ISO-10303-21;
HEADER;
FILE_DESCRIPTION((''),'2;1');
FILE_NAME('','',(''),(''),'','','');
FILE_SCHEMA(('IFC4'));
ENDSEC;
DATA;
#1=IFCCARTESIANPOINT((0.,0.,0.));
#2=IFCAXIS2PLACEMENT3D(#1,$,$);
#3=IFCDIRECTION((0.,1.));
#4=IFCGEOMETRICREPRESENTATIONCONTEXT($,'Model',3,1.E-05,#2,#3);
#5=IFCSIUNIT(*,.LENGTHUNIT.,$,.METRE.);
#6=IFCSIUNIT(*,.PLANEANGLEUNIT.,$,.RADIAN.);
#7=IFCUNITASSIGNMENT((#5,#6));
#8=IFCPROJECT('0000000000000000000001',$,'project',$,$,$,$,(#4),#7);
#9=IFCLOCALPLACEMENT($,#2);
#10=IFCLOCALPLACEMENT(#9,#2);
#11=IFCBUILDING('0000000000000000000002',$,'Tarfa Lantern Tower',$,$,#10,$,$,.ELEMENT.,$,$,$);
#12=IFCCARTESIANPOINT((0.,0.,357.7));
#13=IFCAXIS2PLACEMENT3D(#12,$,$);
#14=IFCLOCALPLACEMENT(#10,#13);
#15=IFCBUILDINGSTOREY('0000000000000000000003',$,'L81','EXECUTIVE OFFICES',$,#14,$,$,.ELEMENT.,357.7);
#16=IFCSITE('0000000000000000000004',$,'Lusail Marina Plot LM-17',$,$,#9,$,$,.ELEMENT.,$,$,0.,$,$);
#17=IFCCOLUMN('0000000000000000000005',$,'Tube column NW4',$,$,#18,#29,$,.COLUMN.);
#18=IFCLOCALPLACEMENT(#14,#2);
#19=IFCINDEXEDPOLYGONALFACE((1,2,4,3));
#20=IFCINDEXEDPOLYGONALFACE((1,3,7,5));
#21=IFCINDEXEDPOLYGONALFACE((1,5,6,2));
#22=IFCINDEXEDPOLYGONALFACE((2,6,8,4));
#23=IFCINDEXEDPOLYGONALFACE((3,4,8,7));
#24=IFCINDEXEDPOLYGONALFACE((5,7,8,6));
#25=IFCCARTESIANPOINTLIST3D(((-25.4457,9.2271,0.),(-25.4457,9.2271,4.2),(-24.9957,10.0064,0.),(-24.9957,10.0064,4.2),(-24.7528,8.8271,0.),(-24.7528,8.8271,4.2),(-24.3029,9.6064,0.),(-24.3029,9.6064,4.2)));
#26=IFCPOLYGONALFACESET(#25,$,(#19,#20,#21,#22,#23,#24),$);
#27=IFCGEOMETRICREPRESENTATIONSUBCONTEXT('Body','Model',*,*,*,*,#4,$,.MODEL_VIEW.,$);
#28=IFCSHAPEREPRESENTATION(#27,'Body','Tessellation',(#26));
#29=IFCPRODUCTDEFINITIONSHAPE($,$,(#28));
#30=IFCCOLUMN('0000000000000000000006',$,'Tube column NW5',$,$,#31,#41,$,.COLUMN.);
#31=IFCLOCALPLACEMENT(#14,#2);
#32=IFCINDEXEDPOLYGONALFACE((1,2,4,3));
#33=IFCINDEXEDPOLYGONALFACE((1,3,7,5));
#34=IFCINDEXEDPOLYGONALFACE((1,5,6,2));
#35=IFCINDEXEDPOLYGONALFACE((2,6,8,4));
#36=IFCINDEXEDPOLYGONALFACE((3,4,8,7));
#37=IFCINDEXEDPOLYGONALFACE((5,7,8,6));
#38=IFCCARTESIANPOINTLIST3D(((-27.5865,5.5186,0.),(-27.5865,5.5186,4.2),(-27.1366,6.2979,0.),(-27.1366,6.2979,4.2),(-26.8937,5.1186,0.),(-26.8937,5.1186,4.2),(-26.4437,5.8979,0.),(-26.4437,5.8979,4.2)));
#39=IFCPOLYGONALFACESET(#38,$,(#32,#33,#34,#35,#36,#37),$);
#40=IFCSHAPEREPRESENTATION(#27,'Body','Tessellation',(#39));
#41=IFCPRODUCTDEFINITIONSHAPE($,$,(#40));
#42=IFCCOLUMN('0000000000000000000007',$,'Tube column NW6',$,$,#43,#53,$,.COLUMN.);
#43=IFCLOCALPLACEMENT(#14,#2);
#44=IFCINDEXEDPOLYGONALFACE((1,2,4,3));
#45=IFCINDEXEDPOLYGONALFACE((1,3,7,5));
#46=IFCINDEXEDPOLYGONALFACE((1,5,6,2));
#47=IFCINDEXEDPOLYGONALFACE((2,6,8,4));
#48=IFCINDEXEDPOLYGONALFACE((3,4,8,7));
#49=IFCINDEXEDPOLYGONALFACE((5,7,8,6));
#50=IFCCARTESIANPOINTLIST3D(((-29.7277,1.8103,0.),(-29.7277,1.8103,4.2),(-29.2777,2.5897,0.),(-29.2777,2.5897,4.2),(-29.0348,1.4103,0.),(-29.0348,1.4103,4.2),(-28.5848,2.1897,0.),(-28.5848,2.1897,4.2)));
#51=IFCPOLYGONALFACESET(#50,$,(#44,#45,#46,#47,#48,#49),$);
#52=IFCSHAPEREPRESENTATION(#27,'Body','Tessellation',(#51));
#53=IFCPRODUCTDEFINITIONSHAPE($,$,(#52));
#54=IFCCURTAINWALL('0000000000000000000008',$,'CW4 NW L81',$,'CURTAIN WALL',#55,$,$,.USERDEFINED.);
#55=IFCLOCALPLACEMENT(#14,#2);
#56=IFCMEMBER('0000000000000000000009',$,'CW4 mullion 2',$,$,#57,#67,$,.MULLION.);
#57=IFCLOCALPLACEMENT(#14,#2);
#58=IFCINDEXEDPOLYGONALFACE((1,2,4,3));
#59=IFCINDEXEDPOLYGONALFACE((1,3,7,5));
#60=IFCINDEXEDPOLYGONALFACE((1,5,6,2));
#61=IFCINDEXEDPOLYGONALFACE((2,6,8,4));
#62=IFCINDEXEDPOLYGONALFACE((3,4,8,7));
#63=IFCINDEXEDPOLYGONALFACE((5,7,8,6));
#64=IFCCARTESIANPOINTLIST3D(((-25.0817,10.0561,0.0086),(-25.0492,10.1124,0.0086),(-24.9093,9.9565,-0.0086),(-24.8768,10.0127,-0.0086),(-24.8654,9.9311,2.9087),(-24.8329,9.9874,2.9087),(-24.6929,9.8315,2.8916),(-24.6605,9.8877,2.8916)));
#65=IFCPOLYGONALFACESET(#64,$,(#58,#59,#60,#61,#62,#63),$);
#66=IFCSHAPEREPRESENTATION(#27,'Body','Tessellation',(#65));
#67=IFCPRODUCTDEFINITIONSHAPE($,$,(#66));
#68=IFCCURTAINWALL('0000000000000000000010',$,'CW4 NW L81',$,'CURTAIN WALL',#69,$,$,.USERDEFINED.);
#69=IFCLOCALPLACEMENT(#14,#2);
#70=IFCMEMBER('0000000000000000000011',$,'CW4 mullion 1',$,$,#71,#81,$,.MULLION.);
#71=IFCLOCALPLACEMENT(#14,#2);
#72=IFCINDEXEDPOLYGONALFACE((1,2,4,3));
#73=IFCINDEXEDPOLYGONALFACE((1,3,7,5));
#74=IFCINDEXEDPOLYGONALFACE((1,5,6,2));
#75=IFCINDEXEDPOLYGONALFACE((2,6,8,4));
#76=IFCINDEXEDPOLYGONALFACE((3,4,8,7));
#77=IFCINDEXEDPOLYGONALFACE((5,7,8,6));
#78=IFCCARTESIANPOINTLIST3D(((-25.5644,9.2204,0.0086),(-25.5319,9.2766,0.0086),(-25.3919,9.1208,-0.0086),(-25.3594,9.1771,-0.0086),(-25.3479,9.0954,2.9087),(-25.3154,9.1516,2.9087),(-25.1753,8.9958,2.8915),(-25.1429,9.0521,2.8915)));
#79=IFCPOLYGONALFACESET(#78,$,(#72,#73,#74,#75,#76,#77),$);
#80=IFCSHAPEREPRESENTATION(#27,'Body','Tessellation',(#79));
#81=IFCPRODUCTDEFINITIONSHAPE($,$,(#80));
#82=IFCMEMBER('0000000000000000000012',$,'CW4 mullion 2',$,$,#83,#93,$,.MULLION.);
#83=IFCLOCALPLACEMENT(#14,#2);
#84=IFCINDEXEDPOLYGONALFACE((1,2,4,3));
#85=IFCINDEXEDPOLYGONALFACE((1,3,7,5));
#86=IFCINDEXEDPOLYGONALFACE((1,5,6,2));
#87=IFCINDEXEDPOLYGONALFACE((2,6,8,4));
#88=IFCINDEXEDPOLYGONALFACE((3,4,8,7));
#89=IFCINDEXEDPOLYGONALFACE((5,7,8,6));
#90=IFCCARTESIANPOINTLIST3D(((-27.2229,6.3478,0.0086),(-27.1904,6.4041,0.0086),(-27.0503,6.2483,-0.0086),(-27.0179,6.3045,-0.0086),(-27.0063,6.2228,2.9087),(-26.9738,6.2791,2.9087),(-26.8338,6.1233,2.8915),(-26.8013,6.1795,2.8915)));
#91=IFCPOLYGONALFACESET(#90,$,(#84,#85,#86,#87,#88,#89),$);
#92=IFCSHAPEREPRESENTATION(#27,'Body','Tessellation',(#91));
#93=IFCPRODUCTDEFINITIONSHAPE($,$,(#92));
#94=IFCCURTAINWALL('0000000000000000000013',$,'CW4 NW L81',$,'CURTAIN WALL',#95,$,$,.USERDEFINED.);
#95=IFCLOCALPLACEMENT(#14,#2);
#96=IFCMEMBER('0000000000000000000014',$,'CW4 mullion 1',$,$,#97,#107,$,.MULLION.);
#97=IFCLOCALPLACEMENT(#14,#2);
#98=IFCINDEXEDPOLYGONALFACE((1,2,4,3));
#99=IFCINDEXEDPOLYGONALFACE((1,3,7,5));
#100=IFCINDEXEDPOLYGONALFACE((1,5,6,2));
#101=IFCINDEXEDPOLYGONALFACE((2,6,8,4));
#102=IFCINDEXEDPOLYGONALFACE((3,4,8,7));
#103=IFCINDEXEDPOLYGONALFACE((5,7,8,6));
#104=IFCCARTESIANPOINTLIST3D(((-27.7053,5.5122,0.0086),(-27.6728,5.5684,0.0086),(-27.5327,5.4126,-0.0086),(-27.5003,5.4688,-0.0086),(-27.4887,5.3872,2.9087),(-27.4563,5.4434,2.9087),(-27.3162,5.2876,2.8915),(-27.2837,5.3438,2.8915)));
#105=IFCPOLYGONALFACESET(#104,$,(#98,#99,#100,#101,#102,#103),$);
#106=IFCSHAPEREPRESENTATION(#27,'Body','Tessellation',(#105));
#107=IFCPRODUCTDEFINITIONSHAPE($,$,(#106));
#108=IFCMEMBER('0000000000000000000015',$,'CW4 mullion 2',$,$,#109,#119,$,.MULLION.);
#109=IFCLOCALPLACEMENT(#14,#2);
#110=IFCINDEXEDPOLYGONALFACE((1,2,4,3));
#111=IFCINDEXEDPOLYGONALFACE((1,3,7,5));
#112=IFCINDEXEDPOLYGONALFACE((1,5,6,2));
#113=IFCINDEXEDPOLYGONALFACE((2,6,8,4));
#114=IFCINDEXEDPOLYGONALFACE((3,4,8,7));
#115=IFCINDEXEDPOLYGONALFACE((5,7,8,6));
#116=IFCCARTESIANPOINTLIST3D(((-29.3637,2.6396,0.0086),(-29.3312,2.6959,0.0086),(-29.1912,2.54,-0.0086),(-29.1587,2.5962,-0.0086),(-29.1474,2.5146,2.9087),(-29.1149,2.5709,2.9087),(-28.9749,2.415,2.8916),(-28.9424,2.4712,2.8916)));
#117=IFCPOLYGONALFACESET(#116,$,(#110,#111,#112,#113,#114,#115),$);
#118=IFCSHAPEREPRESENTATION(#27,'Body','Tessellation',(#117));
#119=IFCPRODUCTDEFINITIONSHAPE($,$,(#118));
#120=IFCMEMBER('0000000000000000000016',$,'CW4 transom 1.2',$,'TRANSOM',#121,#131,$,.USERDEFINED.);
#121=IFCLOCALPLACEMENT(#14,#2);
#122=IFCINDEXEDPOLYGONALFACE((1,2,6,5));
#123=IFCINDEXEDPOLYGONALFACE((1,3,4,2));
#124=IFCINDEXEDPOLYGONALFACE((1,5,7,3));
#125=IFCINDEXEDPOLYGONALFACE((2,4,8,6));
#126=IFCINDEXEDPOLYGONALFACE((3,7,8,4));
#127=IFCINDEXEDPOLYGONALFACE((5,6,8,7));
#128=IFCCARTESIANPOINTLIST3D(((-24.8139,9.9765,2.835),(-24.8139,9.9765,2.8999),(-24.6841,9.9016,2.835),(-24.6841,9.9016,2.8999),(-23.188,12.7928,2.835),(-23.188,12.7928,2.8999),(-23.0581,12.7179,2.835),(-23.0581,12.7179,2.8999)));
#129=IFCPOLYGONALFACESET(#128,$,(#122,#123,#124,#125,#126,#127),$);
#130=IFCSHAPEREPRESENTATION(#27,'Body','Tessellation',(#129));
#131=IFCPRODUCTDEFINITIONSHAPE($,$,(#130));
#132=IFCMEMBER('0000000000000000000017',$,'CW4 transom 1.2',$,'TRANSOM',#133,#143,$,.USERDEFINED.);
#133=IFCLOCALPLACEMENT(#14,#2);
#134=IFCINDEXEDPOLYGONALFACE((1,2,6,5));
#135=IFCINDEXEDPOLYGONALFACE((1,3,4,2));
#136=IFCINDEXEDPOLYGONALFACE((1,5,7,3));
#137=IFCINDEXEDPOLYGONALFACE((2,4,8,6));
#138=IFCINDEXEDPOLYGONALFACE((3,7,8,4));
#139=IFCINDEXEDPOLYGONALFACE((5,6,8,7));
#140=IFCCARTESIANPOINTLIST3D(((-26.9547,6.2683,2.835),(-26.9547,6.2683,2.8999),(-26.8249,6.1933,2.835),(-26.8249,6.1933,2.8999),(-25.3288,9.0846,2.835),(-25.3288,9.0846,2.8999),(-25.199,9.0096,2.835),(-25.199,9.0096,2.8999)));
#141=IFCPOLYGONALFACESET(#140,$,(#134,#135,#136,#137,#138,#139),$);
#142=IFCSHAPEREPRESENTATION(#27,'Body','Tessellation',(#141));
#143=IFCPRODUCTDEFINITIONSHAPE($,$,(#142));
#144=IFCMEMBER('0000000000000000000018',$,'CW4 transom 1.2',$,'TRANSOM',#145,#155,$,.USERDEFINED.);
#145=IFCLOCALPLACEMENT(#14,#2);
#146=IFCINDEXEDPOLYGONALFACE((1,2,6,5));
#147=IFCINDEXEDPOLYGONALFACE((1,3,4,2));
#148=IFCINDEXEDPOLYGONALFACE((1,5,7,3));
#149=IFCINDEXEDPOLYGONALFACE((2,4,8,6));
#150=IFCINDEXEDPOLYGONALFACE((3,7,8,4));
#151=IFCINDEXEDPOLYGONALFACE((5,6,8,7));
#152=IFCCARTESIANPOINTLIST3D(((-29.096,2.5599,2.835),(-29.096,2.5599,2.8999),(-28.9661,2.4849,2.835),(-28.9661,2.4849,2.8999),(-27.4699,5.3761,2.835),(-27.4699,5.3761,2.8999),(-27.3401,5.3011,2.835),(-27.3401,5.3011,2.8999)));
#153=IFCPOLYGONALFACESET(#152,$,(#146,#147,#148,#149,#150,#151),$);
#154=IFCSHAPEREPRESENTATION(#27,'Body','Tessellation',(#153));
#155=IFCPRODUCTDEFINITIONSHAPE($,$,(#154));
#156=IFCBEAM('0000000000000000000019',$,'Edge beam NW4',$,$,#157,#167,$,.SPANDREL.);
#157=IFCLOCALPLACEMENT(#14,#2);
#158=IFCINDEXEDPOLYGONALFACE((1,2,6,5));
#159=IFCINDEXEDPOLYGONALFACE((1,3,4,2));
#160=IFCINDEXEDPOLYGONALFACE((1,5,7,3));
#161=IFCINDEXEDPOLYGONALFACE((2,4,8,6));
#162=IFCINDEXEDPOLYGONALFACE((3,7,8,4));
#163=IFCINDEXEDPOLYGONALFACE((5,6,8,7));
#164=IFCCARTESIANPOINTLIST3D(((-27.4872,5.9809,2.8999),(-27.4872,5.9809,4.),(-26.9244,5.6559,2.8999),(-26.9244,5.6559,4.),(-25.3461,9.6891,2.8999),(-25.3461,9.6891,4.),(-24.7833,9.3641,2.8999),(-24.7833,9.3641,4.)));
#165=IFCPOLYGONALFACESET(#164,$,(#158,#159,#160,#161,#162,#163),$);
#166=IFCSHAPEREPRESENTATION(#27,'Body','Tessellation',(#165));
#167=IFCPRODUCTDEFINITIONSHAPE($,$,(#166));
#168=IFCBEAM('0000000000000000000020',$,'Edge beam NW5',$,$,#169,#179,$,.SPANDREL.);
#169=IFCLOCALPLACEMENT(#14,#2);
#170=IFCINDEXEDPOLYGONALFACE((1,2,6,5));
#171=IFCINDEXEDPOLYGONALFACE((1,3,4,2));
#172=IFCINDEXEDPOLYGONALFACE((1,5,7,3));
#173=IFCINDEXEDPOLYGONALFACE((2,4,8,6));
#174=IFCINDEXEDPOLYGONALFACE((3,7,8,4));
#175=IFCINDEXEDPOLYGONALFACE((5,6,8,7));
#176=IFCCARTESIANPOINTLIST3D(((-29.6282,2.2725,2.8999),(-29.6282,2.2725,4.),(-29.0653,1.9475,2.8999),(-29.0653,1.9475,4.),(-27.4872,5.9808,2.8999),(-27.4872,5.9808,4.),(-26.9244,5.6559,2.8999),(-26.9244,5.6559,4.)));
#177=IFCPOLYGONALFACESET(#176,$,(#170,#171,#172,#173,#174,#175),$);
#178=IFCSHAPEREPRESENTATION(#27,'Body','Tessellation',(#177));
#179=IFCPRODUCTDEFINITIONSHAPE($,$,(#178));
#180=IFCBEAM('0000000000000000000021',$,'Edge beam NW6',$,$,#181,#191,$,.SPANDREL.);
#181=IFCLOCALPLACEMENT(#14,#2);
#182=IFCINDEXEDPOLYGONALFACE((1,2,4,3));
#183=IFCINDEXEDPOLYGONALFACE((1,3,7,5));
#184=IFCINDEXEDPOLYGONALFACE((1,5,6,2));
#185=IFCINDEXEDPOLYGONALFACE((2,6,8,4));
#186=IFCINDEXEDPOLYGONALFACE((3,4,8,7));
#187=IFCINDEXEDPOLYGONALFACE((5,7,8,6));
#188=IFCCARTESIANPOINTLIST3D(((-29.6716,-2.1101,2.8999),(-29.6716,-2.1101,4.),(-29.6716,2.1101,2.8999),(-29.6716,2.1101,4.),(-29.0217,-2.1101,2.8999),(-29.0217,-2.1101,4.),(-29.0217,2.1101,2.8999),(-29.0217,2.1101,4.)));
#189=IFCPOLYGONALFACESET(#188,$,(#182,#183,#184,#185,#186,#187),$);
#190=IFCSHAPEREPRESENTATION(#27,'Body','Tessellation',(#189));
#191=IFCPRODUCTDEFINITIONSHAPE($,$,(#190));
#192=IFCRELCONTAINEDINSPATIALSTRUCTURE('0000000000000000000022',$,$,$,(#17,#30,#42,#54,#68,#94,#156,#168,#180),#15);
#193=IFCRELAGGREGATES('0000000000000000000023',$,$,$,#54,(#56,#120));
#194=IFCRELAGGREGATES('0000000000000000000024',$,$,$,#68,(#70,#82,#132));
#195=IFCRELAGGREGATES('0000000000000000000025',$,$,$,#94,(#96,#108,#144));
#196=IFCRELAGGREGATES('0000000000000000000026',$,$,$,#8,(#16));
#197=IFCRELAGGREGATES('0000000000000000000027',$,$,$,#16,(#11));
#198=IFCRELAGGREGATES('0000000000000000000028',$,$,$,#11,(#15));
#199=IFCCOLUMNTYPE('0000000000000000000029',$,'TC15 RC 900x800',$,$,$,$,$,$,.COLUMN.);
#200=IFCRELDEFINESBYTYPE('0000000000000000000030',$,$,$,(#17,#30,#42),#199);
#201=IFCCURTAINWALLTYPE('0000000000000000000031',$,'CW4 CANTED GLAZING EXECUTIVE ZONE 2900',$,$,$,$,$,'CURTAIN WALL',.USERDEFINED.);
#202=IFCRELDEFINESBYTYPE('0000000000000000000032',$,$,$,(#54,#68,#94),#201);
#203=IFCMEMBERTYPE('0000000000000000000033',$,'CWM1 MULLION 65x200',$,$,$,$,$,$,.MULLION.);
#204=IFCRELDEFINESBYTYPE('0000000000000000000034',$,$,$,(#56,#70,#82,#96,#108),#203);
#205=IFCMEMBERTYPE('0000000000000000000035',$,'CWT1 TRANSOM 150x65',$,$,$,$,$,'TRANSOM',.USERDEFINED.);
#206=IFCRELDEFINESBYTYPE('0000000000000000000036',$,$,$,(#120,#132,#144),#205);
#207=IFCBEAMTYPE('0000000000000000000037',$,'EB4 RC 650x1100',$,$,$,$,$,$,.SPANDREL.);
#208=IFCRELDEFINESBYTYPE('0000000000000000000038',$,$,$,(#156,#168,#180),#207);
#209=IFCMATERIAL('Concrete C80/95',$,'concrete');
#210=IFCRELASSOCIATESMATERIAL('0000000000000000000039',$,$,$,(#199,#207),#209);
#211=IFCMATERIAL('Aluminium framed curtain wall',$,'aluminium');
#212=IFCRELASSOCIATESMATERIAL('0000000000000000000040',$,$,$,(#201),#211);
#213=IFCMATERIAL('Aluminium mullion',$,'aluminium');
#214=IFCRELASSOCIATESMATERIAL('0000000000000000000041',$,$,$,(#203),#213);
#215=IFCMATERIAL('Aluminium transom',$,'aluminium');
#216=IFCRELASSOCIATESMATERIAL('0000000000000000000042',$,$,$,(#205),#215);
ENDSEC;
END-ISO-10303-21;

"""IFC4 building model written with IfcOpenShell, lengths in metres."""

from ifc_helpers import new_model, si_unit, direction, frame, origin, origin_2d, place, context, subcontext, project, spatial, rectangle, extrude, material, material_profile, profile_set, type_object, element, aggregate, save


model = new_model("IFC4")

# Units and contexts
model_context = context("Model", 3, precision=1e-05, world=origin(), true_north=direction((0.0, 1.0)))
body_context = subcontext(model_context, "Body", "Model", "MODEL_VIEW")
ifc_project = project(units=[si_unit("LENGTHUNIT", "METRE"), si_unit("PLANEANGLEUNIT", "RADIAN")], contexts=[model_context])

# Site, building, storey
site_placement = place(None, origin())
site = spatial("IfcSite", under=ifc_project, at=site_placement, Name="Lusail Marina Plot LM-17", CompositionType="ELEMENT", RefElevation=0.0)
building_placement = place(site_placement, origin())
building = spatial("IfcBuilding", under=site, at=building_placement, Name="Tarfa Lantern Tower", CompositionType="ELEMENT")
storey_placement = place(building_placement, frame((0.0, 0.0, 357.7)))
storey = spatial("IfcBuildingStorey", under=building, at=storey_placement, Name="L81", Description="EXECUTIVE OFFICES", CompositionType="ELEMENT", Elevation=357.7)

# Columns
ifc_material_1 = material(Name="Concrete C80/95", Category="concrete")
ifc_material_profile_1 = material_profile(ifc_material_1, rectangle(XDim=0.8999, YDim=0.8, at=origin_2d()), Name="RC 900x800")
ifc_profile_set_1 = profile_set([ifc_material_profile_1], Name="Concrete C80/95")
column_type = type_object("IfcColumnType", Name="TC15 RC 900x800", PredefinedType="COLUMN", material=ifc_profile_set_1)
for number, where, z_axis, x_axis, name in (
    (1, (-24.8743, 9.4167, 0.0), (0.0, 0.0, 1.0), (-0.5, -0.866025, 0.0), "Tube column NW4"),
    (2, (-27.0151, 5.7083, 0.0), (0.0, 0.0, 1.0), (-0.5, -0.866025, 0.0), "Tube column NW5"),
    (3, (-29.1562, 2.0, 0.0), (0.0, 0.0, 1.0), (-0.5, -0.866025, 0.0), "Tube column NW6"),
):
    element("IfcColumn", number, at=place(storey_placement, frame(where, z_axis=z_axis, x_axis=x_axis)), inside=storey, type_object=column_type, Name=name, PredefinedType="COLUMN", context=body_context, shape_type="SweptSolid", body=[
        extrude(rectangle(XDim=0.8999, YDim=0.8, at=origin_2d()), origin(), (0.0, 0.0, 1.0), 4.2),
    ])

# Curtain wall, member
ifc_material_2 = material(Name="Aluminium framed curtain wall", Category="aluminium")
curtain_wall_type = type_object("IfcCurtainWallType", Name="CW4 CANTED GLAZING EXECUTIVE ZONE 2900", ElementType="CURTAIN WALL", PredefinedType="USERDEFINED", material=ifc_material_2)
curtain_wall_1_placement = place(storey_placement, origin())
curtain_wall_1 = element("IfcCurtainWall", 4, at=curtain_wall_1_placement, inside=storey, type_object=curtain_wall_type, Name="CW4 NW L81", ObjectType="CURTAIN WALL", PredefinedType="USERDEFINED")
ifc_material_3 = material(Name="Aluminium mullion", Category="aluminium")
ifc_material_profile_2 = material_profile(ifc_material_3, rectangle(XDim=0.0649, YDim=0.2, at=origin_2d()), Name="AL MULLION 65x200")
ifc_profile_set_2 = profile_set([ifc_material_profile_2], Name="Aluminium mullion")
member_type_1 = type_object("IfcMemberType", Name="CWM1 MULLION 65x200", PredefinedType="MULLION", material=ifc_profile_set_2)
member_1_placement = place(storey_placement, frame((-24.9792, 10.0344, 0.0), z_axis=(0.07431, -0.042942, 0.99631), x_axis=(0.500343, 0.865827, 0.0)))
member_1 = element("IfcMember", 5, at=member_1_placement, type_object=member_type_1, Name="CW4 mullion 2", PredefinedType="MULLION", context=body_context, shape_type="SweptSolid", body=[
    extrude(rectangle(XDim=0.0649, YDim=0.2, at=origin_2d()), origin(), (0.0, 0.0, 1.0), 2.9109),
])

# Curtain walls, members
curtain_wall_2_placement = place(storey_placement, origin())
curtain_wall_2 = element("IfcCurtainWall", 6, at=curtain_wall_2_placement, inside=storey, type_object=curtain_wall_type, Name="CW4 NW L81", ObjectType="CURTAIN WALL", PredefinedType="USERDEFINED")
member_2_placement = place(storey_placement, frame((-25.4619, 9.1987, 0.0), z_axis=(0.074394, -0.042942, 0.996304), x_axis=(0.49992, 0.866072, 0.0)))
member_2 = element("IfcMember", 7, at=member_2_placement, type_object=member_type_1, Name="CW4 mullion 1", PredefinedType="MULLION", context=body_context, shape_type="SweptSolid", body=[
    extrude(rectangle(XDim=0.0649, YDim=0.2, at=origin_2d()), origin(), (0.0, 0.0, 1.0), 2.9109),
])
member_3_placement = place(storey_placement, frame((-27.1204, 6.3262, 0.0), z_axis=(0.074394, -0.042942, 0.996304), x_axis=(0.49992, 0.866072, 0.0)))
member_3 = element("IfcMember", 8, at=member_3_placement, type_object=member_type_1, Name="CW4 mullion 2", PredefinedType="MULLION", context=body_context, shape_type="SweptSolid", body=[
    extrude(rectangle(XDim=0.0649, YDim=0.2, at=origin_2d()), origin(), (0.0, 0.0, 1.0), 2.9109),
])
curtain_wall_3_placement = place(storey_placement, origin())
curtain_wall_3 = element("IfcCurtainWall", 9, at=curtain_wall_3_placement, inside=storey, type_object=curtain_wall_type, Name="CW4 NW L81", ObjectType="CURTAIN WALL", PredefinedType="USERDEFINED")
member_4_placement = place(storey_placement, frame((-27.6028, 5.4905, 0.0), z_axis=(0.074394, -0.042942, 0.996304), x_axis=(0.49992, 0.866072, 0.0)))
member_4 = element("IfcMember", 10, at=member_4_placement, type_object=member_type_1, Name="CW4 mullion 1", PredefinedType="MULLION", context=body_context, shape_type="SweptSolid", body=[
    extrude(rectangle(XDim=0.0649, YDim=0.2, at=origin_2d()), origin(), (0.0, 0.0, 1.0), 2.9109),
])
member_5_placement = place(storey_placement, frame((-29.2612, 2.6179, 0.0), z_axis=(0.07431, -0.042942, 0.99631), x_axis=(0.500343, 0.865827, 0.0)))
member_5 = element("IfcMember", 11, at=member_5_placement, type_object=member_type_1, Name="CW4 mullion 2", PredefinedType="MULLION", context=body_context, shape_type="SweptSolid", body=[
    extrude(rectangle(XDim=0.0649, YDim=0.2, at=origin_2d()), origin(), (0.0, 0.0, 1.0), 2.9109),
])

# Members
ifc_material_4 = material(Name="Aluminium transom", Category="aluminium")
ifc_material_profile_3 = material_profile(ifc_material_4, rectangle(XDim=0.1499, YDim=0.0649, at=origin_2d()), Name="AL TRANSOM 150x65")
ifc_profile_set_3 = profile_set([ifc_material_profile_3], Name="Aluminium transom")
member_type_2 = type_object("IfcMemberType", Name="CWT1 TRANSOM 150x65", ElementType="TRANSOM", PredefinedType="USERDEFINED", material=ifc_profile_set_3)
member_6_placement = place(storey_placement, frame((-23.123, 12.7554, 2.8674), z_axis=(-0.499982, -0.866036, 0.0), x_axis=(0.866036, -0.499982, 0.0)))
member_6 = element("IfcMember", 12, at=member_6_placement, type_object=member_type_2, Name="CW4 transom 1.2", ObjectType="TRANSOM", PredefinedType="USERDEFINED", context=body_context, shape_type="SweptSolid", body=[
    extrude(rectangle(XDim=0.1499, YDim=0.0649, at=origin_2d()), origin(), (0.0, 0.0, 1.0), 3.252),
])
member_7_placement = place(storey_placement, frame((-25.2639, 9.0471, 2.8674), z_axis=(-0.499982, -0.866036, 0.0), x_axis=(0.866036, -0.499982, 0.0)))
member_7 = element("IfcMember", 13, at=member_7_placement, type_object=member_type_2, Name="CW4 transom 1.2", ObjectType="TRANSOM", PredefinedType="USERDEFINED", context=body_context, shape_type="SweptSolid", body=[
    extrude(rectangle(XDim=0.1499, YDim=0.0649, at=origin_2d()), origin(), (0.0, 0.0, 1.0), 3.252),
])
member_8_placement = place(storey_placement, frame((-27.405, 5.3386, 2.8674), z_axis=(-0.500015, -0.866017, 0.0), x_axis=(0.866017, -0.500015, 0.0)))
member_8 = element("IfcMember", 14, at=member_8_placement, type_object=member_type_2, Name="CW4 transom 1.2", ObjectType="TRANSOM", PredefinedType="USERDEFINED", context=body_context, shape_type="SweptSolid", body=[
    extrude(rectangle(XDim=0.1499, YDim=0.0649, at=origin_2d()), origin(), (0.0, 0.0, 1.0), 3.252),
])

# Beams
ifc_material_profile_4 = material_profile(ifc_material_1, rectangle(XDim=0.6499, YDim=1.1001, at=origin_2d()), Name="RC 650x1100")
ifc_profile_set_4 = profile_set([ifc_material_profile_4], Name="Concrete C80/95")
beam_type_1 = type_object("IfcBeamType", Name="EB4 RC 650x1100", PredefinedType="SPANDREL", material=ifc_profile_set_4)
for number, where, z_axis, x_axis, name in (
    (15, (-25.0647, 9.5266, 3.45), (-0.500027, -0.86601, 0.0), (0.86601, -0.500027, 0.0), "Edge beam NW4"),
    (16, (-27.2058, 5.8184, 3.45), (-0.499984, -0.866035, 0.0), (0.866035, -0.499984, 0.0), "Edge beam NW5"),
):
    element("IfcBeam", number, at=place(storey_placement, frame(where, z_axis=z_axis, x_axis=x_axis)), inside=storey, type_object=beam_type_1, Name=name, PredefinedType="SPANDREL", context=body_context, shape_type="SweptSolid", body=[
        extrude(rectangle(XDim=0.6499, YDim=1.1001, at=origin_2d()), origin(), (0.0, 0.0, 1.0), 4.282),
    ])
beam_1_placement = place(storey_placement, frame((-29.3467, 2.1101, 3.45), z_axis=(0.0, -1.0, 0.0), x_axis=(1.0, 0.0, 0.0)))
element("IfcBeam", 17, at=beam_1_placement, inside=storey, type_object=beam_type_1, Name="Edge beam NW6", PredefinedType="SPANDREL", context=body_context, shape_type="SweptSolid", body=[
    extrude(rectangle(XDim=0.6499, YDim=1.1001, at=origin_2d()), origin(), (0.0, 0.0, 1.0), 4.2202),
])

aggregate(curtain_wall_1, [member_1, member_6])
aggregate(curtain_wall_2, [member_2, member_3, member_7])
aggregate(curtain_wall_3, [member_4, member_5, member_8])

save(model, "model.ifc")
